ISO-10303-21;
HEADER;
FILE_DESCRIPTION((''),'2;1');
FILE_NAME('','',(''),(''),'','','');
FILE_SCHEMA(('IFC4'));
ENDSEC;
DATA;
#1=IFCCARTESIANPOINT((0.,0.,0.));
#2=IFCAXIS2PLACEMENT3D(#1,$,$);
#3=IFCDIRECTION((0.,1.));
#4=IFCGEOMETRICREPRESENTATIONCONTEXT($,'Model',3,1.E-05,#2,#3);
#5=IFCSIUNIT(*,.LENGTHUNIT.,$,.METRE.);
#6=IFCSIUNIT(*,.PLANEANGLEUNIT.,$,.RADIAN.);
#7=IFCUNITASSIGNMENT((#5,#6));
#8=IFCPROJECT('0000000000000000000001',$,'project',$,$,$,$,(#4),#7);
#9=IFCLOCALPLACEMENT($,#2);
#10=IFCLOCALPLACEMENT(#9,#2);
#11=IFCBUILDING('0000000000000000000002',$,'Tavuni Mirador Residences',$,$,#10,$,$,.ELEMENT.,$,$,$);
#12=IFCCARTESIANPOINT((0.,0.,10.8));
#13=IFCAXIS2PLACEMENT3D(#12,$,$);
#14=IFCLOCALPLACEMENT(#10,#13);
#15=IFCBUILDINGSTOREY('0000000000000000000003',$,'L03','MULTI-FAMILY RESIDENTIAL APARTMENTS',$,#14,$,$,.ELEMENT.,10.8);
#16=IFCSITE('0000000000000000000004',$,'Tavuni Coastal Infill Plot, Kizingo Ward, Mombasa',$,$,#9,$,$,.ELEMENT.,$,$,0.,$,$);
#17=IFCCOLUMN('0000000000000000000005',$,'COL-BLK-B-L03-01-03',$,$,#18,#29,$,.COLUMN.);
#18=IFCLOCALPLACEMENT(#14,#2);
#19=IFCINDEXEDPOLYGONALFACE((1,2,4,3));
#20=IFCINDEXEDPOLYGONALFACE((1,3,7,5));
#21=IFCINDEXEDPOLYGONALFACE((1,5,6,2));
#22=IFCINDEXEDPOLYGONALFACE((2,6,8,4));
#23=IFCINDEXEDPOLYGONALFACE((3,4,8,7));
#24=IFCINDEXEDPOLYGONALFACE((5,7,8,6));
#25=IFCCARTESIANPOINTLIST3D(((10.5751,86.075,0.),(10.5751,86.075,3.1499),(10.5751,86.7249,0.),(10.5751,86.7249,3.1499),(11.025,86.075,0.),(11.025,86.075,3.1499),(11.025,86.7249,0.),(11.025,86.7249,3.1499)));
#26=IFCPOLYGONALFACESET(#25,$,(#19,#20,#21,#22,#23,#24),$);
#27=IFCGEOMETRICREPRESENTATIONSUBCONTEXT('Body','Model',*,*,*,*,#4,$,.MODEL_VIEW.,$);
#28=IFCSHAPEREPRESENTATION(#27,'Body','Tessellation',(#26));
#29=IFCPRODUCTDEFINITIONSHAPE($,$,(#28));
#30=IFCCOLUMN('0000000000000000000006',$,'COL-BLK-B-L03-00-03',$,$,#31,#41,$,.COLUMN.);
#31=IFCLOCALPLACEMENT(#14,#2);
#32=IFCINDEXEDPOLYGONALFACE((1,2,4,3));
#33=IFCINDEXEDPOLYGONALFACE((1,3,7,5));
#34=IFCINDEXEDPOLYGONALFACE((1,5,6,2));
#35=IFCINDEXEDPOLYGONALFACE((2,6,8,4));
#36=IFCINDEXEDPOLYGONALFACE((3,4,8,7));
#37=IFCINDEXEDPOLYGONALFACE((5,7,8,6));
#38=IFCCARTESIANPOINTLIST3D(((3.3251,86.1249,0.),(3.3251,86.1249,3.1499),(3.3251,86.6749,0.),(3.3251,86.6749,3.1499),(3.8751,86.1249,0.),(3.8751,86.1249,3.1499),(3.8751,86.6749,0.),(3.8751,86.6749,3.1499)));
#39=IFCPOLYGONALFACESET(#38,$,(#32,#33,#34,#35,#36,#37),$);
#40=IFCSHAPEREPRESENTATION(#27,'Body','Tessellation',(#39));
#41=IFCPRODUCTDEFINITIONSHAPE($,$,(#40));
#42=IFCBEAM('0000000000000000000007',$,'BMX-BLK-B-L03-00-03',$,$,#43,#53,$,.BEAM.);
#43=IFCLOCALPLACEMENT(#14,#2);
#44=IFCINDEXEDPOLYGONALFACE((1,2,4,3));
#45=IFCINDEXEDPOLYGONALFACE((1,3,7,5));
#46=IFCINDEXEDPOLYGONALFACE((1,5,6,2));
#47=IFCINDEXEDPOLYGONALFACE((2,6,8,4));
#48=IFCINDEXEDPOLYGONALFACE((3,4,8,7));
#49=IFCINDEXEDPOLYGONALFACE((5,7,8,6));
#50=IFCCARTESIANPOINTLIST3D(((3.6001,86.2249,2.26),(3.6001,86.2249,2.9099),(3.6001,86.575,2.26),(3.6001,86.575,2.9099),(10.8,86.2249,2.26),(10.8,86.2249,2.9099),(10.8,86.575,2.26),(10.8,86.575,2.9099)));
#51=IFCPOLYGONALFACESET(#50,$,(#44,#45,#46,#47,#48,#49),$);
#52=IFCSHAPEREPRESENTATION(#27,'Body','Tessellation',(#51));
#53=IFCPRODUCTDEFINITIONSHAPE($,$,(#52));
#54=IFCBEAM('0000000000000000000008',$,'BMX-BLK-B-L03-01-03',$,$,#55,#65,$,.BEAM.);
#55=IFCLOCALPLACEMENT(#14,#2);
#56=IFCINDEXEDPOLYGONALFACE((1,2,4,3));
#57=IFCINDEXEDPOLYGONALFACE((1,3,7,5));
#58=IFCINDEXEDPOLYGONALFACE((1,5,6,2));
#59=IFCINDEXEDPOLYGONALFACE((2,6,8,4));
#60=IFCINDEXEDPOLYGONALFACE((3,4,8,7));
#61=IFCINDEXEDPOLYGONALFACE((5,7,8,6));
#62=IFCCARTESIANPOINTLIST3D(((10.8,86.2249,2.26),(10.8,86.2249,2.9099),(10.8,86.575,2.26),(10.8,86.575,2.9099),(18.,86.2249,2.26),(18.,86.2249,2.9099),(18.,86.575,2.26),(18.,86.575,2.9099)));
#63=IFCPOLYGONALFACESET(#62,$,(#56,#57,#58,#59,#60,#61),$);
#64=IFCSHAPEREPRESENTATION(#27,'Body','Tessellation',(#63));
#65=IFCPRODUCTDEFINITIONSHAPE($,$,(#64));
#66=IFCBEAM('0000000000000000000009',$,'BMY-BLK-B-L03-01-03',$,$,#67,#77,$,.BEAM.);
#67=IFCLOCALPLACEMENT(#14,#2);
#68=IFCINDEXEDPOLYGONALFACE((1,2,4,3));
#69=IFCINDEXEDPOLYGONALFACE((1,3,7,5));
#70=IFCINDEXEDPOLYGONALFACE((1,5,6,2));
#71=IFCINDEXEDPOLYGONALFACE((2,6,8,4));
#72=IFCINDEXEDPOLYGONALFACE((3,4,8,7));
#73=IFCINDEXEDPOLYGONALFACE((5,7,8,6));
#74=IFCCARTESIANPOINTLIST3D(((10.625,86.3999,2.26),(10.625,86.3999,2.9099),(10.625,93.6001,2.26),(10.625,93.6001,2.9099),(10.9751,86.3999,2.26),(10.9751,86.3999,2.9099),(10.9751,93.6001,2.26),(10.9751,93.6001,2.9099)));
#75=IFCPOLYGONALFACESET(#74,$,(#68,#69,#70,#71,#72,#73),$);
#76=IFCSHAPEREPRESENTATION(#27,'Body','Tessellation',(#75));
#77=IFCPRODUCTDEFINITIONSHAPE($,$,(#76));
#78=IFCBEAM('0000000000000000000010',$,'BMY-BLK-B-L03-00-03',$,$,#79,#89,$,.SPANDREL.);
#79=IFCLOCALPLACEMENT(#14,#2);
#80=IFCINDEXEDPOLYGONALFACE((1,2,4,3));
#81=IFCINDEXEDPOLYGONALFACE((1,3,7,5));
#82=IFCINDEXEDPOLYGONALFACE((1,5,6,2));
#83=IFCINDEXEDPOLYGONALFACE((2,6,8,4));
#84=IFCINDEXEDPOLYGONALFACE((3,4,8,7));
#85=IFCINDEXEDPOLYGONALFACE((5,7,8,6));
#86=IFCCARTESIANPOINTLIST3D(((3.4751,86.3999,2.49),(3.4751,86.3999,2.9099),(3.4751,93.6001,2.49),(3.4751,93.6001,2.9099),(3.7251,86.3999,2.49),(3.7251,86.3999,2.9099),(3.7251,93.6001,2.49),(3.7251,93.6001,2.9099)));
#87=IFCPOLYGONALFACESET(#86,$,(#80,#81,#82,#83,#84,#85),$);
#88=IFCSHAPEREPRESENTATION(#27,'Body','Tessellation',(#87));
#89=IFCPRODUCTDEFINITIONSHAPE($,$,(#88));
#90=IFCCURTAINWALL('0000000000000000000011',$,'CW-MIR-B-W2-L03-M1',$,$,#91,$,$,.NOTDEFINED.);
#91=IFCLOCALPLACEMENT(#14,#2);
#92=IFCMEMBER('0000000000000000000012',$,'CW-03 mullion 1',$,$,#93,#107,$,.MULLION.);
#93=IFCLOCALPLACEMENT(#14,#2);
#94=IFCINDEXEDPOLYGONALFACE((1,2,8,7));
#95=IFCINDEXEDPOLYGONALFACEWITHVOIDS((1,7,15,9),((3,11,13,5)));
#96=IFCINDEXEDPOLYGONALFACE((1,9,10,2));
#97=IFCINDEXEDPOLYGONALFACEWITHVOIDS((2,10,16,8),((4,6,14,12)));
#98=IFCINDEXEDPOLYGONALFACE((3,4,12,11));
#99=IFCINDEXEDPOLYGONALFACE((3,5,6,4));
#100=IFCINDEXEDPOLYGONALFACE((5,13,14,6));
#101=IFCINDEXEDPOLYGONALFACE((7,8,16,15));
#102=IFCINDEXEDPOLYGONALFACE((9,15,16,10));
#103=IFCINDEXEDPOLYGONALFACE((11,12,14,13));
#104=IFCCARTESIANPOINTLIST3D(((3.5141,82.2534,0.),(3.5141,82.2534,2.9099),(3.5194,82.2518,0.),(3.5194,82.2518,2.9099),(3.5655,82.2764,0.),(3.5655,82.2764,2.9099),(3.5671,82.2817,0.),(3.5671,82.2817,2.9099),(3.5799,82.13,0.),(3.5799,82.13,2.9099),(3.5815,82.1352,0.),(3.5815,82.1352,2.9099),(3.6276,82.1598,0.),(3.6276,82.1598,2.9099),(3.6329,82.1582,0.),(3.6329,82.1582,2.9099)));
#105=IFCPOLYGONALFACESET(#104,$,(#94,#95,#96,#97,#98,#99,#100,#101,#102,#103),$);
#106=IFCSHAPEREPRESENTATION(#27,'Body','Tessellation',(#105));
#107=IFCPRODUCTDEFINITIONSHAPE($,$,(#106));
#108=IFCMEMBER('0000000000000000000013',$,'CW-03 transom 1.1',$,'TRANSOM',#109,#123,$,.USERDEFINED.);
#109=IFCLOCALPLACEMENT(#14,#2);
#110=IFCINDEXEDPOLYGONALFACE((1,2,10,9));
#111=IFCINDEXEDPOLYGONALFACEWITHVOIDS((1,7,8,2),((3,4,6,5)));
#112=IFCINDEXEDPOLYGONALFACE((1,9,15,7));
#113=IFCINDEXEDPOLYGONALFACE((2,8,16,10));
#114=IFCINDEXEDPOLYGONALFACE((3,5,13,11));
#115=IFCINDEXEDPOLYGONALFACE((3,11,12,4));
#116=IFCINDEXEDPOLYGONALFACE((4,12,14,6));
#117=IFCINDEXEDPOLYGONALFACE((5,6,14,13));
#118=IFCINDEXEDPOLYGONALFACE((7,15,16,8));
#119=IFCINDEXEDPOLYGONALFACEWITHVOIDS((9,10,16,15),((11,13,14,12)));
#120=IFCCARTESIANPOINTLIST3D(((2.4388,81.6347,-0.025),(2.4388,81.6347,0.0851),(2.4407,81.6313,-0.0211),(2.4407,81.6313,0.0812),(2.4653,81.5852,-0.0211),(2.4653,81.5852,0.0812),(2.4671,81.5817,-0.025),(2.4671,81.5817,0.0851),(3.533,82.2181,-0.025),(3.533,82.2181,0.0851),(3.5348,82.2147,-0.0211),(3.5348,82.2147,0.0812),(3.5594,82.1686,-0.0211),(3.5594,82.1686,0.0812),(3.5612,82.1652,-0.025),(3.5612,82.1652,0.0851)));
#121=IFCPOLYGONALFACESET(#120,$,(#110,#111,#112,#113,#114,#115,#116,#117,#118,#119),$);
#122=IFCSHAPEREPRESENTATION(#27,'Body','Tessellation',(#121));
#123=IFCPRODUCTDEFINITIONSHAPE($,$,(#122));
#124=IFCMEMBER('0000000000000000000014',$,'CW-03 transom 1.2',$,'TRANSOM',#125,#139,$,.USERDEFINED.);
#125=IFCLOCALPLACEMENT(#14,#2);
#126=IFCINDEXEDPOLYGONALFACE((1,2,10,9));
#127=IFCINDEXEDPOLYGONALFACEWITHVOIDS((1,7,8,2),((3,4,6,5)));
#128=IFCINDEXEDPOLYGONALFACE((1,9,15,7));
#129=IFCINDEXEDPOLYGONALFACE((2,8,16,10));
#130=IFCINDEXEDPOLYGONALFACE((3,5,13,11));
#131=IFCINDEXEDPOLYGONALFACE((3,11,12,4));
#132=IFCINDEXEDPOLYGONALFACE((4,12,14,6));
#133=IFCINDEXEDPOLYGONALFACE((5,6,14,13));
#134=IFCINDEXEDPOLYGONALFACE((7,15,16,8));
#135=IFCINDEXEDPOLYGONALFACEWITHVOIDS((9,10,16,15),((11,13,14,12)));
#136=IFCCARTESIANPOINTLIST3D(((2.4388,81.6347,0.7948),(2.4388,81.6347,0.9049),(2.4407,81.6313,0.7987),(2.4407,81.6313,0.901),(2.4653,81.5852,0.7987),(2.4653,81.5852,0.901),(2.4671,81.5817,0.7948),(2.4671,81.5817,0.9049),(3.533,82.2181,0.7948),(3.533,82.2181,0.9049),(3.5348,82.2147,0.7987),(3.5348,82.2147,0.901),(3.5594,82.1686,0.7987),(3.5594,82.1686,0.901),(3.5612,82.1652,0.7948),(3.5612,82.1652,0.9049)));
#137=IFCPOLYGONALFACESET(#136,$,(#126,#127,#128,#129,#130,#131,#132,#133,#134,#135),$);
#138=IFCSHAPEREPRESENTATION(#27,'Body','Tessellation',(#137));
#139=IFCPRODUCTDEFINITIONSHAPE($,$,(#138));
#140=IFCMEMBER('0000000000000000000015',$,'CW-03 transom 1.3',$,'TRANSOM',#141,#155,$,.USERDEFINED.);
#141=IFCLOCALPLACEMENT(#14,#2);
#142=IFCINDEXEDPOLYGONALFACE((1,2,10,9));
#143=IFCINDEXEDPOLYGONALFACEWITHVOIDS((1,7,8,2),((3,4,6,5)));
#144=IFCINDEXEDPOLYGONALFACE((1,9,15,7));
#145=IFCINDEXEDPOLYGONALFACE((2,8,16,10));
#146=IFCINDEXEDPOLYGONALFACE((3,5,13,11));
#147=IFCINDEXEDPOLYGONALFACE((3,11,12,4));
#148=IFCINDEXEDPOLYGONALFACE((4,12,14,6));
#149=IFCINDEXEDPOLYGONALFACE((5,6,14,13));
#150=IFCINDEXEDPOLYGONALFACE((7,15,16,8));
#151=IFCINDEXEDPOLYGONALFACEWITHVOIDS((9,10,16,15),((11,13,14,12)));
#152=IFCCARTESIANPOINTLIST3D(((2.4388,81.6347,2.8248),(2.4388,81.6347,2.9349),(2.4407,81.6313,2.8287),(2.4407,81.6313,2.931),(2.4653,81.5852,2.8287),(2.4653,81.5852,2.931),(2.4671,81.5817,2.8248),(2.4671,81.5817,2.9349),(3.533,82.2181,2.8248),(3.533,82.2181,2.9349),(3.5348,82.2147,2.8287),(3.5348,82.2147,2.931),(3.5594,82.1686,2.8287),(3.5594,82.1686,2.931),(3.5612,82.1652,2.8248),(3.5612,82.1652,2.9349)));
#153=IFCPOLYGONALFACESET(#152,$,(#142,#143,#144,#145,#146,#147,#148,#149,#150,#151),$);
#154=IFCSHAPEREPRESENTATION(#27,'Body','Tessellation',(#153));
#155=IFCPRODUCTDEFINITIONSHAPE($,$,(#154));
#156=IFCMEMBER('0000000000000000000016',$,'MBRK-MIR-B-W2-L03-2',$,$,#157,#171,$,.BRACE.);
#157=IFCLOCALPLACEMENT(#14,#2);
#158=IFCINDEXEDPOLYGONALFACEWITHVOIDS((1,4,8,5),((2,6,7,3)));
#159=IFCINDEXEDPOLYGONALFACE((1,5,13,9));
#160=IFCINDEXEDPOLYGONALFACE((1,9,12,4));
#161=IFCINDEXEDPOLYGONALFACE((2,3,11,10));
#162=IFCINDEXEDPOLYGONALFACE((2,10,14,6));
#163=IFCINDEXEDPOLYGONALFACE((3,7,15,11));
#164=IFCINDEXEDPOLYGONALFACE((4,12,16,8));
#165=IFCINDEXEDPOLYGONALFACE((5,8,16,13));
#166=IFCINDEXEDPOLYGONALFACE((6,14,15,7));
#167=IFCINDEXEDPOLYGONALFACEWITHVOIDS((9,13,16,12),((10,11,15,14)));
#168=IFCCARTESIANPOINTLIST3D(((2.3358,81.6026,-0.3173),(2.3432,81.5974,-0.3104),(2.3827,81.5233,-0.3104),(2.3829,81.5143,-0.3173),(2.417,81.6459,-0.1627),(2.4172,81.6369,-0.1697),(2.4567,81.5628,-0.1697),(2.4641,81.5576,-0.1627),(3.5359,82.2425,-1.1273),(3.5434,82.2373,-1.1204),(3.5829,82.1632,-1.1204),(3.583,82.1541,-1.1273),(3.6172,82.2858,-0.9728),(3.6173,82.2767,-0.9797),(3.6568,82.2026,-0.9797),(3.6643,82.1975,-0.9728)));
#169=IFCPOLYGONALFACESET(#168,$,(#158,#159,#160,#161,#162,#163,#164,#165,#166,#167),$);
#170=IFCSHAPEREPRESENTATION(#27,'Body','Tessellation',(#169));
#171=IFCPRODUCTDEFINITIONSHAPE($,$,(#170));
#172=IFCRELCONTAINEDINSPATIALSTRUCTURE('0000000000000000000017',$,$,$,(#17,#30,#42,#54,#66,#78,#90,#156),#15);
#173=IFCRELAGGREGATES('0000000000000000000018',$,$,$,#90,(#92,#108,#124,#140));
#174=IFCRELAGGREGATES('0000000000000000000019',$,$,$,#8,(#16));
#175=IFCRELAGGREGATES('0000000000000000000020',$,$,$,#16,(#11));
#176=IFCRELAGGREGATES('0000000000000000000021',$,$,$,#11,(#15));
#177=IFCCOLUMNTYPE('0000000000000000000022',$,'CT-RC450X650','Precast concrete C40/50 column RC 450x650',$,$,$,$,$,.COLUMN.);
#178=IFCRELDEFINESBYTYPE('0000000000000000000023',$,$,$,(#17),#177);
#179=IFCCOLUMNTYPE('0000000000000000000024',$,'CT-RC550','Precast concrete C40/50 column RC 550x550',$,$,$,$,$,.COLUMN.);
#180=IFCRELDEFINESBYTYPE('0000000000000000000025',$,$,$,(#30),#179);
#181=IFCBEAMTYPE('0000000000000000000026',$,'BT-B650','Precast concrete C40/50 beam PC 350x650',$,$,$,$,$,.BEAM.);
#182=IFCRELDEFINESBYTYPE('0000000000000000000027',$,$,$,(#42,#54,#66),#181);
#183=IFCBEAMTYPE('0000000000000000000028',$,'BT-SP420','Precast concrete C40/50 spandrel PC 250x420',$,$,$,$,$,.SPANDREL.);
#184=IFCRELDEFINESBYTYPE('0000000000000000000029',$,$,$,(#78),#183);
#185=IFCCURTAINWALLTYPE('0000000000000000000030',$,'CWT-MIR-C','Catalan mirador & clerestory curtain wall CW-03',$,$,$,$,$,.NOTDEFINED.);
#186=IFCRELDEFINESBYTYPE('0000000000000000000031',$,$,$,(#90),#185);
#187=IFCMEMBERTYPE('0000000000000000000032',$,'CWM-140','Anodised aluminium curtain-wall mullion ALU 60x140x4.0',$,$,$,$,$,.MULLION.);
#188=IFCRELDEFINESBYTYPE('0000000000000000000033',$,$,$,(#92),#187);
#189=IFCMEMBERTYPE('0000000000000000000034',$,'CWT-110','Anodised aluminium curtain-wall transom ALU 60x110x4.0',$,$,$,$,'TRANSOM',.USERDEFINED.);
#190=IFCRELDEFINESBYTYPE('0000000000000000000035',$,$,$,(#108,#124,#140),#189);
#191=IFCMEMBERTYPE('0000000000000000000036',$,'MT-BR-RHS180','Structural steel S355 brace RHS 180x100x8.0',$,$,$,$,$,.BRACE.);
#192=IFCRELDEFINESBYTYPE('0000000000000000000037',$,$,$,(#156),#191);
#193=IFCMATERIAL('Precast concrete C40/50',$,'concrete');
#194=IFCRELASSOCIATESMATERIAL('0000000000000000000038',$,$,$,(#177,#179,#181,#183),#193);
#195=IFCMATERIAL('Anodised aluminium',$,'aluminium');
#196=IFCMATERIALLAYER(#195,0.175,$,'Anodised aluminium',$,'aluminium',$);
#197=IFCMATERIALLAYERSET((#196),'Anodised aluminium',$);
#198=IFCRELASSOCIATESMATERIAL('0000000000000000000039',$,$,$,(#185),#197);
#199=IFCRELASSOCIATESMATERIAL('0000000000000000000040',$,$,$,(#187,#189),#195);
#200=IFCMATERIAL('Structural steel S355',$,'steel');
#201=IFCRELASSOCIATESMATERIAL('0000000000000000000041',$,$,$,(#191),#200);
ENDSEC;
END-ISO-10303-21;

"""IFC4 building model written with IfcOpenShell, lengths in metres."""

from ifc_helpers import new_model, si_unit, direction, frame, origin, origin_2d, place, context, subcontext, project, spatial, rectangle, hollow_rectangle, extrude, material, layer, layer_set, material_profile, profile_set, type_object, element, aggregate, save


model = new_model("IFC4")

# Units and contexts
model_context = context("Model", 3, precision=1e-05, world=origin(), true_north=direction((0.0, 1.0)))
body_context = subcontext(model_context, "Body", "Model", "MODEL_VIEW")
ifc_project = project(units=[si_unit("LENGTHUNIT", "METRE"), si_unit("PLANEANGLEUNIT", "RADIAN")], contexts=[model_context])

# Site, building, storey
site_placement = place(None, origin())
site = spatial("IfcSite", under=ifc_project, at=site_placement, Name="Tavuni Coastal Infill Plot, Kizingo Ward, Mombasa", CompositionType="ELEMENT", RefElevation=0.0)
building_placement = place(site_placement, origin())
building = spatial("IfcBuilding", under=site, at=building_placement, Name="Tavuni Mirador Residences", CompositionType="ELEMENT")
storey_placement = place(building_placement, frame((0.0, 0.0, 10.8)))
storey = spatial("IfcBuildingStorey", under=building, at=storey_placement, Name="L03", Description="MULTI-FAMILY RESIDENTIAL APARTMENTS", CompositionType="ELEMENT", Elevation=10.8)

# Columns
ifc_material_1 = material(Name="Precast concrete C40/50", Category="concrete")
ifc_material_profile_1 = material_profile(ifc_material_1, rectangle(XDim=0.45, YDim=0.6499, at=origin_2d()), Name="RC 450x650", Category="concrete")
ifc_profile_set_1 = profile_set([ifc_material_profile_1], Name="Precast concrete C40/50")
column_type_1 = type_object("IfcColumnType", Name="CT-RC450X650", Description="Precast concrete C40/50 column RC 450x650", PredefinedType="COLUMN", material=ifc_profile_set_1)
column_1_placement = place(storey_placement, frame((10.8, 86.3999, 0.0), z_axis=(0.0, 0.0, 1.0), x_axis=(1.0, 0.0, 0.0)))
element("IfcColumn", 1, at=column_1_placement, inside=storey, type_object=column_type_1, Name="COL-BLK-B-L03-01-03", PredefinedType="COLUMN", context=body_context, shape_type="SweptSolid", body=[
    extrude(rectangle(XDim=0.45, YDim=0.6499, at=origin_2d()), origin(), (0.0, 0.0, 1.0), 3.1499),
])
ifc_material_profile_2 = material_profile(ifc_material_1, rectangle(XDim=0.55, YDim=0.55, at=origin_2d()), Name="RC 550x550", Category="concrete")
ifc_profile_set_2 = profile_set([ifc_material_profile_2], Name="Precast concrete C40/50")
column_type_2 = type_object("IfcColumnType", Name="CT-RC550", Description="Precast concrete C40/50 column RC 550x550", PredefinedType="COLUMN", material=ifc_profile_set_2)
column_2_placement = place(storey_placement, frame((3.6001, 86.3999, 0.0), z_axis=(0.0, 0.0, 1.0), x_axis=(1.0, 0.0, 0.0)))
element("IfcColumn", 2, at=column_2_placement, inside=storey, type_object=column_type_2, Name="COL-BLK-B-L03-00-03", PredefinedType="COLUMN", context=body_context, shape_type="SweptSolid", body=[
    extrude(rectangle(XDim=0.55, YDim=0.55, at=origin_2d()), origin(), (0.0, 0.0, 1.0), 3.1499),
])

# Beams
ifc_material_profile_3 = material_profile(ifc_material_1, rectangle(XDim=0.3501, YDim=0.6499, at=origin_2d()), Name="PC 350x650", Category="concrete")
ifc_profile_set_3 = profile_set([ifc_material_profile_3], Name="Precast concrete C40/50")
beam_type_1 = type_object("IfcBeamType", Name="BT-B650", Description="Precast concrete C40/50 beam PC 350x650", PredefinedType="BEAM", material=ifc_profile_set_3)
for number, where, z_axis, x_axis, name in (
    (3, (3.6001, 86.3999, 2.585), (1.0, 0.0, 0.0), (0.0, 1.0, 0.0), "BMX-BLK-B-L03-00-03"),
    (4, (10.8, 86.3999, 2.585), (1.0, 0.0, 0.0), (0.0, 1.0, 0.0), "BMX-BLK-B-L03-01-03"),
):
    element("IfcBeam", number, at=place(storey_placement, frame(where, z_axis=z_axis, x_axis=x_axis)), inside=storey, type_object=beam_type_1, Name=name, PredefinedType="BEAM", context=body_context, shape_type="SweptSolid", body=[
        extrude(rectangle(XDim=0.3501, YDim=0.6499, at=origin_2d()), origin(), (0.0, 0.0, 1.0), 7.2),
    ])
beam_1_placement = place(storey_placement, frame((10.8, 86.3999, 2.585), z_axis=(0.0, 1.0, 0.0), x_axis=(-1.0, 0.0, 0.0)))
element("IfcBeam", 5, at=beam_1_placement, inside=storey, type_object=beam_type_1, Name="BMY-BLK-B-L03-01-03", PredefinedType="BEAM", context=body_context, shape_type="SweptSolid", body=[
    extrude(rectangle(XDim=0.3501, YDim=0.6499, at=origin_2d()), origin(), (0.0, 0.0, 1.0), 7.2002),
])
ifc_material_profile_4 = material_profile(ifc_material_1, rectangle(XDim=0.25, YDim=0.4199, at=origin_2d()), Name="PC 250x420", Category="concrete")
ifc_profile_set_4 = profile_set([ifc_material_profile_4], Name="Precast concrete C40/50")
beam_type_2 = type_object("IfcBeamType", Name="BT-SP420", Description="Precast concrete C40/50 spandrel PC 250x420", PredefinedType="SPANDREL", material=ifc_profile_set_4)
beam_2_placement = place(storey_placement, frame((3.6001, 86.3999, 2.7), z_axis=(0.0, 1.0, 0.0), x_axis=(-1.0, 0.0, 0.0)))
element("IfcBeam", 6, at=beam_2_placement, inside=storey, type_object=beam_type_2, Name="BMY-BLK-B-L03-00-03", PredefinedType="SPANDREL", context=body_context, shape_type="SweptSolid", body=[
    extrude(rectangle(XDim=0.25, YDim=0.4199, at=origin_2d()), origin(), (0.0, 0.0, 1.0), 7.2002),
])

# Curtain wall, members
ifc_material_2 = material(Name="Anodised aluminium", Category="aluminium")
ifc_layer_1 = layer(ifc_material_2, 0.175, Name="Anodised aluminium", Category="aluminium")
ifc_layer_set_1 = layer_set([ifc_layer_1], Name="Anodised aluminium")
curtain_wall_type = type_object("IfcCurtainWallType", Name="CWT-MIR-C", Description="Catalan mirador & clerestory curtain wall CW-03", PredefinedType="NOTDEFINED", material=ifc_layer_set_1)
curtain_wall_placement = place(storey_placement, origin())
curtain_wall = element("IfcCurtainWall", 7, at=curtain_wall_placement, inside=storey, type_object=curtain_wall_type, Name="CW-MIR-B-W2-L03-M1", PredefinedType="NOTDEFINED")
ifc_material_profile_5 = material_profile(ifc_material_2, hollow_rectangle(XDim=0.0601, YDim=0.1399, WallThickness=0.0039, at=origin_2d()), Name="ALU 60x140x4.0", Category="aluminium")
ifc_profile_set_5 = profile_set([ifc_material_profile_5], Name="Anodised aluminium")
member_type_1 = type_object("IfcMemberType", Name="CWM-140", Description="Anodised aluminium curtain-wall mullion ALU 60x140x4.0", PredefinedType="MULLION", material=ifc_profile_set_5)
member_1_placement = place(storey_placement, frame((3.5735, 82.2058, 0.0), z_axis=(0.0, 0.0, 1.0), x_axis=(-0.882353, -0.470588, 0.0)))
member_1 = element("IfcMember", 8, at=member_1_placement, type_object=member_type_1, Name="CW-03 mullion 1", PredefinedType="MULLION", context=body_context, shape_type="SweptSolid", body=[
    extrude(hollow_rectangle(XDim=0.0601, YDim=0.1399, WallThickness=0.0039, at=origin_2d()), origin(), (0.0, 0.0, 1.0), 2.9099),
])
ifc_material_profile_6 = material_profile(ifc_material_2, hollow_rectangle(XDim=0.0601, YDim=0.1101, WallThickness=0.0039, at=origin_2d()), Name="ALU 60x110x4.0", Category="aluminium")
ifc_profile_set_6 = profile_set([ifc_material_profile_6], Name="Anodised aluminium")
member_type_2 = type_object("IfcMemberType", Name="CWT-110", Description="Anodised aluminium curtain-wall transom ALU 60x110x4.0", ElementType="TRANSOM", PredefinedType="USERDEFINED", material=ifc_profile_set_6)
member_2_placement = place(storey_placement, frame((3.5471, 82.1917, 0.03), z_axis=(-0.882386, -0.470527, 0.0), x_axis=(0.470527, -0.882386, 0.0)))
member_2 = element("IfcMember", 9, at=member_2_placement, type_object=member_type_2, Name="CW-03 transom 1.1", ObjectType="TRANSOM", PredefinedType="USERDEFINED", context=body_context, shape_type="SweptSolid", body=[
    extrude(hollow_rectangle(XDim=0.0601, YDim=0.1101, WallThickness=0.0039, at=origin_2d()), origin(), (0.0, 0.0, 1.0), 1.24),
])
member_3_placement = place(storey_placement, frame((3.5471, 82.1917, 0.8499), z_axis=(-0.882386, -0.470527, 0.0), x_axis=(0.470527, -0.882386, 0.0)))
member_3 = element("IfcMember", 10, at=member_3_placement, type_object=member_type_2, Name="CW-03 transom 1.2", ObjectType="TRANSOM", PredefinedType="USERDEFINED", context=body_context, shape_type="SweptSolid", body=[
    extrude(hollow_rectangle(XDim=0.0601, YDim=0.1101, WallThickness=0.0039, at=origin_2d()), origin(), (0.0, 0.0, 1.0), 1.24),
])
member_4_placement = place(storey_placement, frame((3.5471, 82.1917, 2.8799), z_axis=(-0.882386, -0.470527, 0.0), x_axis=(0.470527, -0.882386, 0.0)))
member_4 = element("IfcMember", 11, at=member_4_placement, type_object=member_type_2, Name="CW-03 transom 1.3", ObjectType="TRANSOM", PredefinedType="USERDEFINED", context=body_context, shape_type="SweptSolid", body=[
    extrude(hollow_rectangle(XDim=0.0601, YDim=0.1101, WallThickness=0.0039, at=origin_2d()), origin(), (0.0, 0.0, 1.0), 1.24),
])

# Member
ifc_material_3 = material(Name="Structural steel S355", Category="steel")
ifc_material_profile_7 = material_profile(ifc_material_3, hollow_rectangle(XDim=0.1001, YDim=0.1799, WallThickness=0.0081, at=origin_2d()), Name="RHS 180x100x8.0", Category="steel")
ifc_profile_set_7 = profile_set([ifc_material_profile_7], Name="Structural steel S355")
member_type_3 = type_object("IfcMemberType", Name="MT-BR-RHS180", Description="Structural steel S355 brace RHS 180x100x8.0", PredefinedType="BRACE", material=ifc_profile_set_7)
member_5_placement = place(storey_placement, frame((3.6001, 82.22, -1.05), z_axis=(-0.758142, -0.404209, 0.511699), x_axis=(0.470467, -0.882418, 0.0)))
element("IfcMember", 12, at=member_5_placement, inside=storey, type_object=member_type_3, Name="MBRK-MIR-B-W2-L03-2", PredefinedType="BRACE", context=body_context, shape_type="SweptSolid", body=[
    extrude(hollow_rectangle(XDim=0.1001, YDim=0.1799, WallThickness=0.0081, at=origin_2d()), origin(), (0.0, 0.0, 1.0), 1.583),
])

aggregate(curtain_wall, [member_1, member_2, member_3, member_4])

save(model, "model.ifc")
